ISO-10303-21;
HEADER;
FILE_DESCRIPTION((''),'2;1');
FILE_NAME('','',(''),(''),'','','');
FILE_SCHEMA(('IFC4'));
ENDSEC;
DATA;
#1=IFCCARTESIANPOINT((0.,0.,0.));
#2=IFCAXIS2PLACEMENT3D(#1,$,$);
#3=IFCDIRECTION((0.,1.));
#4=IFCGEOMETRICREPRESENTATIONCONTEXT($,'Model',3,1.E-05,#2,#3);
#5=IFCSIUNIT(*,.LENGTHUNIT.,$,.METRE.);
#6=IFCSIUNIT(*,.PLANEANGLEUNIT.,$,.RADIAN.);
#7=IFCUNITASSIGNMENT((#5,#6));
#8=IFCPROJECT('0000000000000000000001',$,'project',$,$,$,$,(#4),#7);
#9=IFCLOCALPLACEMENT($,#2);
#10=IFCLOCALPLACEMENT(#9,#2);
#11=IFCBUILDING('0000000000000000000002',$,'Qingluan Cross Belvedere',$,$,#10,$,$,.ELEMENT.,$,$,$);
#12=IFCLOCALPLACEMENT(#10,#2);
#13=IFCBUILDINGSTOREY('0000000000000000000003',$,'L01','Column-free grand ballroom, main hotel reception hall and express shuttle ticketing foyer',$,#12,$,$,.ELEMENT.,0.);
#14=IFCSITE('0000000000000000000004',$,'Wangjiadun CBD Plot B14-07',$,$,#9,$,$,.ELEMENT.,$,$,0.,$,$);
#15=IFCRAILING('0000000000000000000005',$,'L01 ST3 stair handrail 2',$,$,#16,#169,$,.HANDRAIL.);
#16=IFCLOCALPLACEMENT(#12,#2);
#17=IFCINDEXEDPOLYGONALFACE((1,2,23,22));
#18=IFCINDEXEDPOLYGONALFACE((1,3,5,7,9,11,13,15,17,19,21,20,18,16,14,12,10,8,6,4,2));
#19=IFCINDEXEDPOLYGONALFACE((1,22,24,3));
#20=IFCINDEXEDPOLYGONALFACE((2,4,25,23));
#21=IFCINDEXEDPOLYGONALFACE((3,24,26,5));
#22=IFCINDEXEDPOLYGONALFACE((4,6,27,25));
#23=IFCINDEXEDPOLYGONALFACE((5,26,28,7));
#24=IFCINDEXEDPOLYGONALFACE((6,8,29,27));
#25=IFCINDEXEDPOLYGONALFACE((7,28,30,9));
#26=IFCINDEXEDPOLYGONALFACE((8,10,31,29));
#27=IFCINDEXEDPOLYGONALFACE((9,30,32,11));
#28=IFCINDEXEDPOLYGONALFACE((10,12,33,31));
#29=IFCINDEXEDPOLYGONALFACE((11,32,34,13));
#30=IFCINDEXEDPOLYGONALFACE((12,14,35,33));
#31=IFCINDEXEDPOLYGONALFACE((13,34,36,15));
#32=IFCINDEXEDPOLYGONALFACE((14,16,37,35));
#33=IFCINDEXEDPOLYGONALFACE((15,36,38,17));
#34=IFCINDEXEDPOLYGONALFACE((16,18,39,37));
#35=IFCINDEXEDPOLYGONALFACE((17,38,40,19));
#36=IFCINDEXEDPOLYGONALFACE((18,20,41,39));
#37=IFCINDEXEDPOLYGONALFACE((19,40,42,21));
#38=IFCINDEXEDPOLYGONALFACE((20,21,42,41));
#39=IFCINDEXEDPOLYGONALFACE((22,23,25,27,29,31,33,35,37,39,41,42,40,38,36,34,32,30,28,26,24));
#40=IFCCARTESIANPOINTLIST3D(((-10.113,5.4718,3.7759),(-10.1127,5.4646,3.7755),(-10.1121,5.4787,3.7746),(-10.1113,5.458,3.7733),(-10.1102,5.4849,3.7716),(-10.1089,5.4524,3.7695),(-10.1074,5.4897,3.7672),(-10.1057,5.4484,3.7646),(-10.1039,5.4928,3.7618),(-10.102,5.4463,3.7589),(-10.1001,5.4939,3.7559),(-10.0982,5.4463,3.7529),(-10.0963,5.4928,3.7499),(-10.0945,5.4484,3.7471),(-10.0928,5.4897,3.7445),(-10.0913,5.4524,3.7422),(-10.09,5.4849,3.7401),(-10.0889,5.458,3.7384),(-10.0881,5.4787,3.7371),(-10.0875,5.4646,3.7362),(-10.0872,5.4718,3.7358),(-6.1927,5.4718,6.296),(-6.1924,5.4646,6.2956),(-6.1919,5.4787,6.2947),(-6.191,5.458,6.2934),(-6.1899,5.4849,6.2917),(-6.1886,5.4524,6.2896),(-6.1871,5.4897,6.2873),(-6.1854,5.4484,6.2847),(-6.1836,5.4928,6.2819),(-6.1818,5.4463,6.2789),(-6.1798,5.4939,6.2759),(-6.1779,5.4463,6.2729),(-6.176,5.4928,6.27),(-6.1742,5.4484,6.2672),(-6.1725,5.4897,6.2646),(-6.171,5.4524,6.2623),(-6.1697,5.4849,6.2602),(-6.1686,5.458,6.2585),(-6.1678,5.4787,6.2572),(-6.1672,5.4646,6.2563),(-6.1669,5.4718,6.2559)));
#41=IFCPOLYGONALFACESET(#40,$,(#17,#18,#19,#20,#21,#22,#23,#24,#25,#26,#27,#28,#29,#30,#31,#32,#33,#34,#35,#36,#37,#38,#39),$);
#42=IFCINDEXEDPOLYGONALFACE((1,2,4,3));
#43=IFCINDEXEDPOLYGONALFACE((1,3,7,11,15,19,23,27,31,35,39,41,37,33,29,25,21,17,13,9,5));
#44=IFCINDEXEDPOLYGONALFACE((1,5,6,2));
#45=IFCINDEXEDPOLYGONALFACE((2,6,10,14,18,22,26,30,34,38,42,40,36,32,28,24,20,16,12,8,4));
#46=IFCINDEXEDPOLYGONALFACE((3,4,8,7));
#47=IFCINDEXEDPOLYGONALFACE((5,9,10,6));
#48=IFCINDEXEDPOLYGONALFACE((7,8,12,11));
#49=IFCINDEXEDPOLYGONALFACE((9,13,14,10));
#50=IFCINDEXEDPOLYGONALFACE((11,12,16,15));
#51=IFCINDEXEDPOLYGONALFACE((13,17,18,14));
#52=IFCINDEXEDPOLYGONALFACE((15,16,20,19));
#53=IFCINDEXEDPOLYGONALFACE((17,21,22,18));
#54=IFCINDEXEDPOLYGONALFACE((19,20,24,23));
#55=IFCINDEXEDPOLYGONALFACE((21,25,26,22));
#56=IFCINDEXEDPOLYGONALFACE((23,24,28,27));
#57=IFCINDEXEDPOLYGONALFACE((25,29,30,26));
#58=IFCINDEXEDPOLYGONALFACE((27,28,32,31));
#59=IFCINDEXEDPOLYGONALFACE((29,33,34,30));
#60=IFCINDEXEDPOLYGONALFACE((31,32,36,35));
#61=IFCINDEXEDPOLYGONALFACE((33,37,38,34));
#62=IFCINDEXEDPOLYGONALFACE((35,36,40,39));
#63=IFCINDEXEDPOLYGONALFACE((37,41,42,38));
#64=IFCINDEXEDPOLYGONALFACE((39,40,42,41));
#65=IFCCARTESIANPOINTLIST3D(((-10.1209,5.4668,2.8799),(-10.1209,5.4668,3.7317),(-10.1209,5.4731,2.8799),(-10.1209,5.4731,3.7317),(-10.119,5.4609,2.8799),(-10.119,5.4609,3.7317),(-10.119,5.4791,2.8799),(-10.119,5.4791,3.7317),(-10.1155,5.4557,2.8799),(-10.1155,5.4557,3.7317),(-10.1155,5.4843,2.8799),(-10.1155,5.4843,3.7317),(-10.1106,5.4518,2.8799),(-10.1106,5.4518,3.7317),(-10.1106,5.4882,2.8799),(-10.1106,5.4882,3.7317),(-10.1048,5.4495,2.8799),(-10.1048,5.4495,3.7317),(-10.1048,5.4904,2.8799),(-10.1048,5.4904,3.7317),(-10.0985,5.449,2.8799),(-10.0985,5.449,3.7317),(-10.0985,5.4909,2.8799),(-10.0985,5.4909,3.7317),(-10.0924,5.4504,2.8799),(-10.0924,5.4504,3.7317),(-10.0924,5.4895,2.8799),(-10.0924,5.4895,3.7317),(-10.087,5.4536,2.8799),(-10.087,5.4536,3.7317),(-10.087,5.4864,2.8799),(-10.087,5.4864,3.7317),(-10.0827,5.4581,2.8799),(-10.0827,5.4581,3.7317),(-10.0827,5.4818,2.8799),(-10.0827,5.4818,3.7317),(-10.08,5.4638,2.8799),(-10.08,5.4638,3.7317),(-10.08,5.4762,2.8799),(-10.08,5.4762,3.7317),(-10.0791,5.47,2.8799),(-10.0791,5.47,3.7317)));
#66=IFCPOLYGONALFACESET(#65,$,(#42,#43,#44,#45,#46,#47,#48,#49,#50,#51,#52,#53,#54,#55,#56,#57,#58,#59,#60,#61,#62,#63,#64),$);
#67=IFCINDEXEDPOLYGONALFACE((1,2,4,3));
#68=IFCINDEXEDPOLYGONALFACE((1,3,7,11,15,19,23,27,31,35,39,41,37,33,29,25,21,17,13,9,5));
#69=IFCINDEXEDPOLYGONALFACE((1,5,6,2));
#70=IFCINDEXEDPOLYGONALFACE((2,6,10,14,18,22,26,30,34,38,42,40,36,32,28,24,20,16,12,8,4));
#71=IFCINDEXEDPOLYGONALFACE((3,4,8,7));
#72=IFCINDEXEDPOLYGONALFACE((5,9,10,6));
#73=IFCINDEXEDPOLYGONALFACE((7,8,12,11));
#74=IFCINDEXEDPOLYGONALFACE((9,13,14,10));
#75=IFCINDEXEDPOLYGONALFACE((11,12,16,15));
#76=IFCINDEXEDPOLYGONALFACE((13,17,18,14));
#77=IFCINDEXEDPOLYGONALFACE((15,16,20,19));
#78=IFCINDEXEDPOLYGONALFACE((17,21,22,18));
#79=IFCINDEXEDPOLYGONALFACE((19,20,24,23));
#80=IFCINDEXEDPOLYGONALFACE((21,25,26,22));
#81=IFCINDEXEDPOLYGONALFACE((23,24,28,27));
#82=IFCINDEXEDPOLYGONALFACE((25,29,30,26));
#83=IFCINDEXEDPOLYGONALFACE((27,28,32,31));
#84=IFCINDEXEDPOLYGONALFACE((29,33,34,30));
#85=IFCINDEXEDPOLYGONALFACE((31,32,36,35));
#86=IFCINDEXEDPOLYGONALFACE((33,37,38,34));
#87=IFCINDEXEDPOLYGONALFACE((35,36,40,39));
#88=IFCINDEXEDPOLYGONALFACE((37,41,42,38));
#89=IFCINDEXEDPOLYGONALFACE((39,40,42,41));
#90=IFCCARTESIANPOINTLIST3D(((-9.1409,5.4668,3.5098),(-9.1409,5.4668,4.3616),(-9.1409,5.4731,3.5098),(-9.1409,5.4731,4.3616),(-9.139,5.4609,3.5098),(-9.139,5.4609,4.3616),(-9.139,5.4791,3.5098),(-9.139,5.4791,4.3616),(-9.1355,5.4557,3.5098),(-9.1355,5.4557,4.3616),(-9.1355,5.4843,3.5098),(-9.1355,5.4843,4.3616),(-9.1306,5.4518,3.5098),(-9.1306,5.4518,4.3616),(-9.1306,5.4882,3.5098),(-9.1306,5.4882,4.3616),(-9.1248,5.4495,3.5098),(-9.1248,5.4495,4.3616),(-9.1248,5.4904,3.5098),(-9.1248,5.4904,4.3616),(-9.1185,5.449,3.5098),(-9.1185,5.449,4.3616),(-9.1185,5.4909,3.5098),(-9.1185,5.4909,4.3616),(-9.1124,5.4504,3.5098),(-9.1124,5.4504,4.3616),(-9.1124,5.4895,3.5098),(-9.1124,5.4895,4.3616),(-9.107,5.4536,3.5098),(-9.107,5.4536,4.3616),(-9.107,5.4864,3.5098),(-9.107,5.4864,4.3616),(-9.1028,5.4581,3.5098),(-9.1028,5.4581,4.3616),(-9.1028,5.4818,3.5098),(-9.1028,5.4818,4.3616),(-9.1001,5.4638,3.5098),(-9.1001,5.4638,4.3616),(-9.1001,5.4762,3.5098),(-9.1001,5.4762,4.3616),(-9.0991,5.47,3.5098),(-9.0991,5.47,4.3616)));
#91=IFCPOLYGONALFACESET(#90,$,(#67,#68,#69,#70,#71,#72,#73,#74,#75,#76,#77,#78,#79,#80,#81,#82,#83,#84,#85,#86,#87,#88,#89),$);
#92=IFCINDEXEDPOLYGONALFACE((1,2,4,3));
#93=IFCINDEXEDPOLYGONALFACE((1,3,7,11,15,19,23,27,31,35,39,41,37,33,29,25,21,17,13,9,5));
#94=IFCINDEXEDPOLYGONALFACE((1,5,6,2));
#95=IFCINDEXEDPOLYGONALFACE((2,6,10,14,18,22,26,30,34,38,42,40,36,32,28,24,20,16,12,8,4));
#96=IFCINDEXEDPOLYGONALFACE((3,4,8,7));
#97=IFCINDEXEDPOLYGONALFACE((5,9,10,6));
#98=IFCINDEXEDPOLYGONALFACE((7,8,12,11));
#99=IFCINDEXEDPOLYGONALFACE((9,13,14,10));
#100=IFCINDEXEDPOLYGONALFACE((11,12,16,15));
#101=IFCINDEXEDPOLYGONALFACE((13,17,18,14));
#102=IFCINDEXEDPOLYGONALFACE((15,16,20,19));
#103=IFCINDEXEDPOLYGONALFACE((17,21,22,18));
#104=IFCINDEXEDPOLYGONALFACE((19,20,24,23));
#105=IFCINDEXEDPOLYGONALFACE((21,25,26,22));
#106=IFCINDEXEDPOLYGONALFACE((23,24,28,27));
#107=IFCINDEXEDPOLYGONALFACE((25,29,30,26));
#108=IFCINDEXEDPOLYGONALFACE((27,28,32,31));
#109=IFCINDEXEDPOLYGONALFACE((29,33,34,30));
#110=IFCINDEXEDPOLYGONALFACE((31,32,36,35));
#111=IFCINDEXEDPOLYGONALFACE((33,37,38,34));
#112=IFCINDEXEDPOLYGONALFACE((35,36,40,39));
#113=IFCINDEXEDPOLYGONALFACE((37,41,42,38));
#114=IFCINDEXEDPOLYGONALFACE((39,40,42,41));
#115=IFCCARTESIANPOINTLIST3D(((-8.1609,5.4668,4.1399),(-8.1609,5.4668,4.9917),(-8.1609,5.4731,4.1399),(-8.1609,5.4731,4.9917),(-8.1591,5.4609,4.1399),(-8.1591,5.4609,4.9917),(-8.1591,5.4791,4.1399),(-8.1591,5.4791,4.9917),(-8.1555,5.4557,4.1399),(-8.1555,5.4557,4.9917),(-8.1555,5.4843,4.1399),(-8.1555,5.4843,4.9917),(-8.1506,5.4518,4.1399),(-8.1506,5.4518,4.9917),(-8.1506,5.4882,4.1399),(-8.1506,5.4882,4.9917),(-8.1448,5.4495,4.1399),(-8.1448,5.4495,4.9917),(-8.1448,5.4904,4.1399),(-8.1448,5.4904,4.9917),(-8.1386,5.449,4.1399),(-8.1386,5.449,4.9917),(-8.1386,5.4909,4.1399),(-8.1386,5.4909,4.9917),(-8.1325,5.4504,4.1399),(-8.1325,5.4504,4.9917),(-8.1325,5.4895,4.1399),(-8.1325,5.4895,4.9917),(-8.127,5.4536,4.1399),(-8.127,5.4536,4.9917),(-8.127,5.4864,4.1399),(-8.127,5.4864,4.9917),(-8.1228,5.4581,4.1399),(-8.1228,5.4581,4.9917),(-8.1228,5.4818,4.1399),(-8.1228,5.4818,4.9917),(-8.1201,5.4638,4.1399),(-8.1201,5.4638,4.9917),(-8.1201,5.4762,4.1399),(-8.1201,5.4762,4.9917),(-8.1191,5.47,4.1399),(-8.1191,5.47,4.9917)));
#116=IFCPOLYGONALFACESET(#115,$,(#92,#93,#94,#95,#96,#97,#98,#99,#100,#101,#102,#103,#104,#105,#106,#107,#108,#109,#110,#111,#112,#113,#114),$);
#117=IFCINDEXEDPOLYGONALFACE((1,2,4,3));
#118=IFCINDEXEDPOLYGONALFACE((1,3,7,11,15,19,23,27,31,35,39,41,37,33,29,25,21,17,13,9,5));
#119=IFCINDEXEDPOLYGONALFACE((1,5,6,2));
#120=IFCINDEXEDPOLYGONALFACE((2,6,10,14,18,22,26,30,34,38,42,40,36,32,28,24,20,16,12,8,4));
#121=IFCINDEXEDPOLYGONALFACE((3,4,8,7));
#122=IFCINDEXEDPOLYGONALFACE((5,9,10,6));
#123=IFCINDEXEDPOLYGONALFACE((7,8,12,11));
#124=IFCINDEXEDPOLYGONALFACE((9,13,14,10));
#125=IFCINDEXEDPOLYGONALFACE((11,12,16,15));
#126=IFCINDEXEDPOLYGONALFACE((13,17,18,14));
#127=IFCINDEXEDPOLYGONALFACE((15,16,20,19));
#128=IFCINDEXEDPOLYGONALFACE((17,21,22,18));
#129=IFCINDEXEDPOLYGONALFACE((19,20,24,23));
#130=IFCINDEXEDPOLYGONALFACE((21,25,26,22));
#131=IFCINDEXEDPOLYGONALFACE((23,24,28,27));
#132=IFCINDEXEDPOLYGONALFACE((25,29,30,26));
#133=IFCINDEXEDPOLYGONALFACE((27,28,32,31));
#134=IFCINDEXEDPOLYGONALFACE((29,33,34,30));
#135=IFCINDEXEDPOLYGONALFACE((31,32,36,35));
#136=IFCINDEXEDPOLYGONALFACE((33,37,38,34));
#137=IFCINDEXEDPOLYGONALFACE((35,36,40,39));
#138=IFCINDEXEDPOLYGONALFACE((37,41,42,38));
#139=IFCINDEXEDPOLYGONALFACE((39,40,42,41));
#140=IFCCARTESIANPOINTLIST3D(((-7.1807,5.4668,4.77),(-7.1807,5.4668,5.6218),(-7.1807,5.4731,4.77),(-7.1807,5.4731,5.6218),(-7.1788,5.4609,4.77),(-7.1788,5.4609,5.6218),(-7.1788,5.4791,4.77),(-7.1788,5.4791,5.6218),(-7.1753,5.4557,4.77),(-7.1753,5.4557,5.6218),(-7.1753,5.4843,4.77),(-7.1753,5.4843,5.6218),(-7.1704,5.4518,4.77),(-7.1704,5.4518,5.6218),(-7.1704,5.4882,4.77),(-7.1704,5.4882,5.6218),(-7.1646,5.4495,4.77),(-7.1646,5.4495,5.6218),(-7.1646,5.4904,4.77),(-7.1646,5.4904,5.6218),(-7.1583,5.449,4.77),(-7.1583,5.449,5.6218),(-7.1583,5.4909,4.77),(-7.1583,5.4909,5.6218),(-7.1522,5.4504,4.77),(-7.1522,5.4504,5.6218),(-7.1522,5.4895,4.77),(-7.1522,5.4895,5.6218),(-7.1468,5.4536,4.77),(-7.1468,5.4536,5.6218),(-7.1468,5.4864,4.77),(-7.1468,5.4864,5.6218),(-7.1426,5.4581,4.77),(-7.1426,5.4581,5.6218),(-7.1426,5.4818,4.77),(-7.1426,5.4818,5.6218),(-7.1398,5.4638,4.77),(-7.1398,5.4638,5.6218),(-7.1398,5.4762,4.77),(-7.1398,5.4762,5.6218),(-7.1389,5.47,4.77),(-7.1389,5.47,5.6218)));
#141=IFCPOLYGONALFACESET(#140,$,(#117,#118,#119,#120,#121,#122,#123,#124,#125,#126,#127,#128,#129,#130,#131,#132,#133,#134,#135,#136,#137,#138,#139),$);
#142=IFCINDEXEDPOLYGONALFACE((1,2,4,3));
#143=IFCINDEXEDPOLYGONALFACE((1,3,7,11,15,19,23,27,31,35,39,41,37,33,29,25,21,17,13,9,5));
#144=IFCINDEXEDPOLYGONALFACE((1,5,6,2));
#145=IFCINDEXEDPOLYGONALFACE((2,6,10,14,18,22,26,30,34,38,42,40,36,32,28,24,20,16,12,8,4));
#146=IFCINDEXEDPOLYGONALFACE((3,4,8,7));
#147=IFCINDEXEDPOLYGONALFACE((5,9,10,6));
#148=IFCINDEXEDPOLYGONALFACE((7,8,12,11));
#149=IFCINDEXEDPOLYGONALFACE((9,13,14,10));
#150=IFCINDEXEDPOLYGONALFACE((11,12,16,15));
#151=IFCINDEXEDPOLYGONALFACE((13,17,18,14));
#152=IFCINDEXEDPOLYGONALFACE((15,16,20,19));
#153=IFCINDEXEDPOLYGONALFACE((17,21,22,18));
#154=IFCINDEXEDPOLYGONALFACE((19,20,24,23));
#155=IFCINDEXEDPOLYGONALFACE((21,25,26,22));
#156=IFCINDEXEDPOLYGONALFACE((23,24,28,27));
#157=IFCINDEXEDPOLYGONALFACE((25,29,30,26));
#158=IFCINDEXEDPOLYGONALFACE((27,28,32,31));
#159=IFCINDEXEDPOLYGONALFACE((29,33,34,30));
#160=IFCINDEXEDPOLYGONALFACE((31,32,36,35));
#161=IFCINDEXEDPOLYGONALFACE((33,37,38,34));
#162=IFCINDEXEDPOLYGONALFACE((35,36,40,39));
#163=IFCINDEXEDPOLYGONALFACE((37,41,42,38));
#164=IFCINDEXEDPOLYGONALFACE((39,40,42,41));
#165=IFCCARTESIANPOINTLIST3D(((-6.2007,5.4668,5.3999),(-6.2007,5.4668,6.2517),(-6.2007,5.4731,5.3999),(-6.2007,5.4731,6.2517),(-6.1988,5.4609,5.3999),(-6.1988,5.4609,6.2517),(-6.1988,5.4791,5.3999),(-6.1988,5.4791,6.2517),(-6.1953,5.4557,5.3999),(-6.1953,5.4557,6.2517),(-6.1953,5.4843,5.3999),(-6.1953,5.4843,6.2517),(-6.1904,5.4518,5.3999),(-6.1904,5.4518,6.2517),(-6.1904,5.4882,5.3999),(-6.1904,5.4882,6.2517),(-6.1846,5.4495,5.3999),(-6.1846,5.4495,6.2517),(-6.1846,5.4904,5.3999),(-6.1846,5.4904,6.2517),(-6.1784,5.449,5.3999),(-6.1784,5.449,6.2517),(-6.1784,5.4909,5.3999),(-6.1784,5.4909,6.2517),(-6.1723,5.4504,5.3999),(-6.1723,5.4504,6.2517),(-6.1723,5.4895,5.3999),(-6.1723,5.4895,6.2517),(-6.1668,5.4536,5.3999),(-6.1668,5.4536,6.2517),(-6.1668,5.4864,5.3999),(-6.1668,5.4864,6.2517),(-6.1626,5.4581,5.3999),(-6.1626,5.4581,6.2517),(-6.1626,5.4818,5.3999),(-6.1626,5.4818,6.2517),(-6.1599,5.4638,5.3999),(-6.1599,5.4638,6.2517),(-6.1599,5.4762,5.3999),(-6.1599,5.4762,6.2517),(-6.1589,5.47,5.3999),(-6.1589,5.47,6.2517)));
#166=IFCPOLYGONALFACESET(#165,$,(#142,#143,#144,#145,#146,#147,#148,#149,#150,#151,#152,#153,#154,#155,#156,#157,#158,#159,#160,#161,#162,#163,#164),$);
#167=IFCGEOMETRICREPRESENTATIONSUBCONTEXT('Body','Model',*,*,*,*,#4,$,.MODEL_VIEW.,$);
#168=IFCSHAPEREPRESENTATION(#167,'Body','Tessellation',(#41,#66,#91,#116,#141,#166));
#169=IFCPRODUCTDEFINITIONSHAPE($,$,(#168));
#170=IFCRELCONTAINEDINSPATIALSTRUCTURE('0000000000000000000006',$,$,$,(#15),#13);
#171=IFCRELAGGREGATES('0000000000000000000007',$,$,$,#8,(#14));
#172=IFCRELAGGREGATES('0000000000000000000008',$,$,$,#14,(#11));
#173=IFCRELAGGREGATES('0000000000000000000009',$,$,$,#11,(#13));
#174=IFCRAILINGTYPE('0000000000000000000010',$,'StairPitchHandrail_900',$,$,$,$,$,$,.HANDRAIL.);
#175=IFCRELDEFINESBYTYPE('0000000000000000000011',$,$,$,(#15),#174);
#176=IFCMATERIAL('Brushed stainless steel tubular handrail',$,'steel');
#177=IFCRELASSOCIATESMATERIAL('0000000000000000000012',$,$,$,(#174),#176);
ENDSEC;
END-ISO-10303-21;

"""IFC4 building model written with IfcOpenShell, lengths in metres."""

from ifc_helpers import new_model, si_unit, direction, frame, origin, origin_2d, place, context, subcontext, project, spatial, circle, extrude, material, type_object, element, save


model = new_model("IFC4")

# Units and contexts
model_context = context("Model", 3, precision=1e-05, world=origin(), true_north=direction((0.0, 1.0)))
body_context = subcontext(model_context, "Body", "Model", "MODEL_VIEW")
ifc_project = project(units=[si_unit("LENGTHUNIT", "METRE"), si_unit("PLANEANGLEUNIT", "RADIAN")], contexts=[model_context])

# Site, building, storey
site_placement = place(None, origin())
site = spatial("IfcSite", under=ifc_project, at=site_placement, Name="Wangjiadun CBD Plot B14-07", CompositionType="ELEMENT", RefElevation=0.0)
building_placement = place(site_placement, origin())
building = spatial("IfcBuilding", under=site, at=building_placement, Name="Qingluan Cross Belvedere", CompositionType="ELEMENT")
storey_placement = place(building_placement, origin())
storey = spatial("IfcBuildingStorey", under=building, at=storey_placement, Name="L01", Description="Column-free grand ballroom, main hotel reception hall and express shuttle ticketing foyer", CompositionType="ELEMENT", Elevation=0.0)

# Railing
ifc_material_1 = material(Name="Brushed stainless steel tubular handrail", Category="steel")
railing_type = type_object("IfcRailingType", Name="StairPitchHandrail_900", PredefinedType="HANDRAIL", material=ifc_material_1)
railing_placement = place(storey_placement, frame((-10.1001, 5.47, 2.8799)))
element("IfcRailing", 1, at=railing_placement, inside=storey, type_object=railing_type, Name="L01 ST3 stair handrail 2", PredefinedType="HANDRAIL", context=body_context, shape_type="SweptSolid", body=[
    extrude(circle(Radius=0.0239, at=origin_2d()), frame((0.0, 0.0, 0.876), z_axis=(0.841187, 0.0, 0.540744), x_axis=(0.0, 1.0, 0.0)), (0.0, 0.0, 1.0), 4.6604),
    extrude(circle(Radius=0.021, at=origin_2d()), origin(), (0.0, 0.0, 1.0), 0.8518),
    extrude(circle(Radius=0.021, at=origin_2d()), frame((0.98, 0.0, 0.6299)), (0.0, 0.0, 1.0), 0.8518),
    extrude(circle(Radius=0.021, at=origin_2d()), frame((1.96, 0.0, 1.26)), (0.0, 0.0, 1.0), 0.8518),
    extrude(circle(Radius=0.021, at=origin_2d()), frame((2.9402, 0.0, 1.8901)), (0.0, 0.0, 1.0), 0.8518),
    extrude(circle(Radius=0.021, at=origin_2d()), frame((3.9202, 0.0, 2.52)), (0.0, 0.0, 1.0), 0.8518),
])

save(model, "model.ifc")
